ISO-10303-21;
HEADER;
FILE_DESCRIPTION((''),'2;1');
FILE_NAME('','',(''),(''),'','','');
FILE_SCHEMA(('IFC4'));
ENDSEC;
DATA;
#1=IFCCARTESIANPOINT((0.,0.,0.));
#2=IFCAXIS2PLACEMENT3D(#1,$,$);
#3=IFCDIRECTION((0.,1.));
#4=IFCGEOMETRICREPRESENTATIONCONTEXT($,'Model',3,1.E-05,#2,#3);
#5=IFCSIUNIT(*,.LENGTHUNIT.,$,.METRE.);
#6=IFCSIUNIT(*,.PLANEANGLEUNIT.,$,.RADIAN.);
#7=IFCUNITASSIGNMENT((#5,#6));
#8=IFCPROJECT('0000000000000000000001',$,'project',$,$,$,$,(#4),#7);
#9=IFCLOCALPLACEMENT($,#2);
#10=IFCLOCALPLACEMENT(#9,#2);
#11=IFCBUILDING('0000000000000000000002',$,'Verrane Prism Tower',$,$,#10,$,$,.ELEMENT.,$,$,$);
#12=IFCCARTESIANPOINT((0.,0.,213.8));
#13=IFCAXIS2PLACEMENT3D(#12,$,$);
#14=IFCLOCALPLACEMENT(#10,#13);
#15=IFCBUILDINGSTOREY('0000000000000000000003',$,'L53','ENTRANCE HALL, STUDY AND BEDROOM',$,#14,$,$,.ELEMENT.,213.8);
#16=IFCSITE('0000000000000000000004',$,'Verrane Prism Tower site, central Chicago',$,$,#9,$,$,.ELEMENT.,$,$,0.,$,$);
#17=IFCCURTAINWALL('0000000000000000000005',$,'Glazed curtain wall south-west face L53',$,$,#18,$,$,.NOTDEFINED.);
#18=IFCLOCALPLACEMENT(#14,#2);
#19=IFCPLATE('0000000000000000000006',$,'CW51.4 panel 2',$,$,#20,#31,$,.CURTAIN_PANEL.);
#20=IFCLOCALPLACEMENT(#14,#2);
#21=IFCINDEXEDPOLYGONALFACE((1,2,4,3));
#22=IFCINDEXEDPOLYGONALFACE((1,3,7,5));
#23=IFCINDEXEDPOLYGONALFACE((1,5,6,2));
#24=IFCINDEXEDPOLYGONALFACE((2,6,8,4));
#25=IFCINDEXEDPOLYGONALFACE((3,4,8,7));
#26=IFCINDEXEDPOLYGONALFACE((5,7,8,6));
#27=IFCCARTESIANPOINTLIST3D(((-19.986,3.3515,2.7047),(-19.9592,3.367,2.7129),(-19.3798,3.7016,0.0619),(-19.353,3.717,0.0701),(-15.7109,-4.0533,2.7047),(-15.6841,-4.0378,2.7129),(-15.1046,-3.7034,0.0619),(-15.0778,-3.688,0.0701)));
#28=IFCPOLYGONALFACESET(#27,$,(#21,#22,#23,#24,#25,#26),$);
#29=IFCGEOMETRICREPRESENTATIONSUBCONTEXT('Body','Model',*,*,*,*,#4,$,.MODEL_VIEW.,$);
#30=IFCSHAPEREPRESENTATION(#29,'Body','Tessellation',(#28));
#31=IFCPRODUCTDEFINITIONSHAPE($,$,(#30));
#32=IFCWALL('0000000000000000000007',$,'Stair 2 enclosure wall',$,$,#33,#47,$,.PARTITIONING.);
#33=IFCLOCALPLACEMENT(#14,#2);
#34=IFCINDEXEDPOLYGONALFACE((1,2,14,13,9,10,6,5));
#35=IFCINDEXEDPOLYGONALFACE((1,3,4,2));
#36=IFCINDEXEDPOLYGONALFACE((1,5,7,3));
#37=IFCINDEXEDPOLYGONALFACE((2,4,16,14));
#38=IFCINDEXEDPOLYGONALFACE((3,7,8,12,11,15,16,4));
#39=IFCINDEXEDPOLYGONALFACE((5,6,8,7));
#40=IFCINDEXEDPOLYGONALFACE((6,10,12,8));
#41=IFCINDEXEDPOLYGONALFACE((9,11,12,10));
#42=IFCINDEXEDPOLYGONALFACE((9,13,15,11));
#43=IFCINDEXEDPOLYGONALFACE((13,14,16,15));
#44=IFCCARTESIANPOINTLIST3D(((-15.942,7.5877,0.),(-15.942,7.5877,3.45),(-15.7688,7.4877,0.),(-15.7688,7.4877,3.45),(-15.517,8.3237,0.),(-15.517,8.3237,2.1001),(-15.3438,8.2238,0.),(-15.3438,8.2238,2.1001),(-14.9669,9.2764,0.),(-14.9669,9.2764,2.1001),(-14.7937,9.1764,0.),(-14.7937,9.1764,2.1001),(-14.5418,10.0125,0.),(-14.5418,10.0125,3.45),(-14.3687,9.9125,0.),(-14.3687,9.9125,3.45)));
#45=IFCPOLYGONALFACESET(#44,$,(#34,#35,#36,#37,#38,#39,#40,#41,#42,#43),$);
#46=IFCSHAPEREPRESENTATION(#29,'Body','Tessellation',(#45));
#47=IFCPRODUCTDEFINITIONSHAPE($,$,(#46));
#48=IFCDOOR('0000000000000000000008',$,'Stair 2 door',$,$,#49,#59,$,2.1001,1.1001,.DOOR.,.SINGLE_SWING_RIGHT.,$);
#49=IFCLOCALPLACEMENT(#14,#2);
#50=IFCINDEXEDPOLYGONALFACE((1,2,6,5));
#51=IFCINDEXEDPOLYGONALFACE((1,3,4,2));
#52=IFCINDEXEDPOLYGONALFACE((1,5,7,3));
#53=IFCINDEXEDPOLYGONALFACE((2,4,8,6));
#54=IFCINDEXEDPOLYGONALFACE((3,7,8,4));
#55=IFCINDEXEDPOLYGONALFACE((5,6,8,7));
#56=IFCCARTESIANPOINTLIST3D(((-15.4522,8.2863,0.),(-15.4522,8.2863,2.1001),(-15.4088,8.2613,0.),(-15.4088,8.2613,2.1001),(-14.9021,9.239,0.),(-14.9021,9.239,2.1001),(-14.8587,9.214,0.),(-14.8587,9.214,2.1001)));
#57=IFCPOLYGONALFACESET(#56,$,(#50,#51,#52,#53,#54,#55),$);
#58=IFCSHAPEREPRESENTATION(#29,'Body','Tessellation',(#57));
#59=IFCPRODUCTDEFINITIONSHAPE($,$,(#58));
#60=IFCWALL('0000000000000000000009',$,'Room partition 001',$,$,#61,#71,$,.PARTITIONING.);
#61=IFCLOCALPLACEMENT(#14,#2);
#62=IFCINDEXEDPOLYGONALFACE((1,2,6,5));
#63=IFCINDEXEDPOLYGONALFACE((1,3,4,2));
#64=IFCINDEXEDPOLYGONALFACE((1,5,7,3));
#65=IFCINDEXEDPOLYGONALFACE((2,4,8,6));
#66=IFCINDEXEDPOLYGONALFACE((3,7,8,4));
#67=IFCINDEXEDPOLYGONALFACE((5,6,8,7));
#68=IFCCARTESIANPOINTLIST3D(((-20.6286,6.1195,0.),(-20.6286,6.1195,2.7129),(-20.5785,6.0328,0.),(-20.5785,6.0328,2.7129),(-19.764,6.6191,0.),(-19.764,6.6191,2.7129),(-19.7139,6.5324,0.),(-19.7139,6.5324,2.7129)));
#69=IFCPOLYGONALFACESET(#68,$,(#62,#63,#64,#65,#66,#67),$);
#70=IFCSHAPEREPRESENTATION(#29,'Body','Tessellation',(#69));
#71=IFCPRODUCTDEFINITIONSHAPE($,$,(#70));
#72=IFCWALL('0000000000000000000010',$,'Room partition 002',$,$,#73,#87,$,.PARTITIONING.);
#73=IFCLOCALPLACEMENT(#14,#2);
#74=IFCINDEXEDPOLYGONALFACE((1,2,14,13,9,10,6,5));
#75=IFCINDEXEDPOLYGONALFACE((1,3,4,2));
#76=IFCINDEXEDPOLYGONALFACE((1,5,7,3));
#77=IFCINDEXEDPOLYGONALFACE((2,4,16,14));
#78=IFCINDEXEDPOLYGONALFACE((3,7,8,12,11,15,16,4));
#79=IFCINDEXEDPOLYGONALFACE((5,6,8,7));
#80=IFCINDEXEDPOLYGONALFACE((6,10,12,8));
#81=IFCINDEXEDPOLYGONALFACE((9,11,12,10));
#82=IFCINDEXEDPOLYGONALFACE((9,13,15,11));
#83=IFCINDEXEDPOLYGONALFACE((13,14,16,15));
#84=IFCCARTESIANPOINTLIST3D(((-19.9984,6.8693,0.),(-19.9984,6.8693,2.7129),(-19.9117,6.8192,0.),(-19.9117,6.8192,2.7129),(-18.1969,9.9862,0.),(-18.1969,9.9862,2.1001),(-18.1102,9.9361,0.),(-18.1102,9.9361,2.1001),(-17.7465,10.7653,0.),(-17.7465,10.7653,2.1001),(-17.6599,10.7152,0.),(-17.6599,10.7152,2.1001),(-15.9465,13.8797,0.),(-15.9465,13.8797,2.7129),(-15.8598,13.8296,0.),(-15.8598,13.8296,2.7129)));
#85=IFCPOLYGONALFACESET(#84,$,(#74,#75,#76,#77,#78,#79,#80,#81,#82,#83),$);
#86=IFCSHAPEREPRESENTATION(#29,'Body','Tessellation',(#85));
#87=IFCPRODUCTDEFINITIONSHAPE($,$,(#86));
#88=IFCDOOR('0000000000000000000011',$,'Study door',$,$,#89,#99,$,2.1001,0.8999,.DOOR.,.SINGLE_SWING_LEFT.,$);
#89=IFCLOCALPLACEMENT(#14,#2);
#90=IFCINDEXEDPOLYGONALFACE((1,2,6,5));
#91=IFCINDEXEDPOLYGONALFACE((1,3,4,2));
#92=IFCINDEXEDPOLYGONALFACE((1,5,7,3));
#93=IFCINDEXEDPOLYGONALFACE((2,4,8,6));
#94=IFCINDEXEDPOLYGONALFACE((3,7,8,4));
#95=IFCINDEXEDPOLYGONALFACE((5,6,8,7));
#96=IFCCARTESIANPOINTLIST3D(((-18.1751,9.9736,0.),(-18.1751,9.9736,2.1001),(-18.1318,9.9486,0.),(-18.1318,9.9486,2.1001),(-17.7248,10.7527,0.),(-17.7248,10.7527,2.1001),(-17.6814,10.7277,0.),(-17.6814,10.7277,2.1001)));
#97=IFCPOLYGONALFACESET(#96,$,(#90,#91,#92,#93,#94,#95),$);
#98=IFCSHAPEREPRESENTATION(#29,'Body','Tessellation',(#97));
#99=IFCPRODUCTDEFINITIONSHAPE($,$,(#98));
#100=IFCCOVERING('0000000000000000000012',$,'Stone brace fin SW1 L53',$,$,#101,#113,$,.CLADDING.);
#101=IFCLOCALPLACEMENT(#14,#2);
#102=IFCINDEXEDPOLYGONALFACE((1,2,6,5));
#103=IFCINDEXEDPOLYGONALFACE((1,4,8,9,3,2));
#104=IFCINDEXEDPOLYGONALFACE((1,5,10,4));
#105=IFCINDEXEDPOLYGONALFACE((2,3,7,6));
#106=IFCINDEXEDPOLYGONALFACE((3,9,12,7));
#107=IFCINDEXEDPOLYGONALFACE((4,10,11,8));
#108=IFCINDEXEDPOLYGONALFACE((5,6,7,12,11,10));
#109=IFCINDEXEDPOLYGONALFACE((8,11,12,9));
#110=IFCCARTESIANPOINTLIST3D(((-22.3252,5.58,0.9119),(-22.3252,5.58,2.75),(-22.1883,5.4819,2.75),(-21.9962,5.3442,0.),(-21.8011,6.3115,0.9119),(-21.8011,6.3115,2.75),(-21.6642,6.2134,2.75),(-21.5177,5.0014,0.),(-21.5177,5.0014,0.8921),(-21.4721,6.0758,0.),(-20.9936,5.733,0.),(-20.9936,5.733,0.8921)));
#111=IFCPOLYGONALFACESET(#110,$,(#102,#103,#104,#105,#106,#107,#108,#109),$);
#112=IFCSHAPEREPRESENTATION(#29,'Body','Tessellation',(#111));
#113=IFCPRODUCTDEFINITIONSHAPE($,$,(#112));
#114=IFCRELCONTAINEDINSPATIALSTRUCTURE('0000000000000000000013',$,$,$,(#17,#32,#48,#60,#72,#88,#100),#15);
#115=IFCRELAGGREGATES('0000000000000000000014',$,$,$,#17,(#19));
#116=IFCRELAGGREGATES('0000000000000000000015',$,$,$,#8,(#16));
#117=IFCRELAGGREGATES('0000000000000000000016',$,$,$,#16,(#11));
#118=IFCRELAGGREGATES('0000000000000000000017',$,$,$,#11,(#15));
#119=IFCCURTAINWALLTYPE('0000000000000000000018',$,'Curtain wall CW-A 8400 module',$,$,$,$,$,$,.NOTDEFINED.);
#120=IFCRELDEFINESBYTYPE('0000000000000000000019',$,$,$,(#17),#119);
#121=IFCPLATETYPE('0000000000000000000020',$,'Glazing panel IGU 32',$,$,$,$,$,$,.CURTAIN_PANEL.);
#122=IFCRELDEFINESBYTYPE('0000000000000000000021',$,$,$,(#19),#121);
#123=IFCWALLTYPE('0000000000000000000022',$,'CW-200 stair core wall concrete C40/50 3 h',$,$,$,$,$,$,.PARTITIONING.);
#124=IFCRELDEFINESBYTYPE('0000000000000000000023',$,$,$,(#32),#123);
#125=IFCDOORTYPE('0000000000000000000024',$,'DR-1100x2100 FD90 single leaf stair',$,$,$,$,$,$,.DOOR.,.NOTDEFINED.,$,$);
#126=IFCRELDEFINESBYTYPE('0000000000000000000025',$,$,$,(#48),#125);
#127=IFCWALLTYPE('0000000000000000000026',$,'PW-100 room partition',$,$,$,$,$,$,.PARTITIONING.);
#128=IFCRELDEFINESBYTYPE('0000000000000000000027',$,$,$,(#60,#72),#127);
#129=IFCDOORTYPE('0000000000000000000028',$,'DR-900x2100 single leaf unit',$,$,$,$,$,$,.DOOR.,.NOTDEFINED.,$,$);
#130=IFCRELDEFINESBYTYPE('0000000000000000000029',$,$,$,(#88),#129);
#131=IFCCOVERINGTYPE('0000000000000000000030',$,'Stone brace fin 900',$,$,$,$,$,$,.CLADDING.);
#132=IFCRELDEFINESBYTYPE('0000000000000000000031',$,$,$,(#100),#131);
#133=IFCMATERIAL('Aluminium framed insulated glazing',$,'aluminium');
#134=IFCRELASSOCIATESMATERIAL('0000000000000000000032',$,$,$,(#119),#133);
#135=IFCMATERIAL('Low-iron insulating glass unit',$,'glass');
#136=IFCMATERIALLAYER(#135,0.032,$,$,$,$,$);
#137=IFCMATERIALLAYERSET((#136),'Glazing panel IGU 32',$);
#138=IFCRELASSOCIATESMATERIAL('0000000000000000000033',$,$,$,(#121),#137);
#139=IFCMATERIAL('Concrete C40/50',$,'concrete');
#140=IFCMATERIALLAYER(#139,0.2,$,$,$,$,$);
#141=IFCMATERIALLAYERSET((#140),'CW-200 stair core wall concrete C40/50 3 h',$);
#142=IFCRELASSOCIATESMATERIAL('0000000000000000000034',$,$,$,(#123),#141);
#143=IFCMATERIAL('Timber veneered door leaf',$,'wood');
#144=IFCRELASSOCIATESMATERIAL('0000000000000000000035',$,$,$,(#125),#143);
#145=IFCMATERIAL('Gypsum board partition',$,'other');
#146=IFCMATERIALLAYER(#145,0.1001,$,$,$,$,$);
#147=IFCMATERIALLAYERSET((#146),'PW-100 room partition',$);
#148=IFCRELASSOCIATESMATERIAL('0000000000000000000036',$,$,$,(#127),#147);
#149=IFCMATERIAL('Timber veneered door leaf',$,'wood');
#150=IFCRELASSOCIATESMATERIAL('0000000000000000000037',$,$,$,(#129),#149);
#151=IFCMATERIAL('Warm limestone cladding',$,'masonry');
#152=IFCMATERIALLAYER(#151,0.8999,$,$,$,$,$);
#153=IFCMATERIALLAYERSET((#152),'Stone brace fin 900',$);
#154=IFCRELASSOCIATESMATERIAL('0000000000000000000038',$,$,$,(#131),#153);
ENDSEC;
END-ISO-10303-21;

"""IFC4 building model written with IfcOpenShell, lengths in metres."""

from ifc_helpers import new_model, si_unit, direction, frame, frame_2d, origin, place, context, subcontext, project, spatial, polyline, rectangle, outline, extrude, material, layer, layer_set, type_object, element, fill, aggregate, save


model = new_model("IFC4")

# Units and contexts
model_context = context("Model", 3, precision=1e-05, world=origin(), true_north=direction((0.0, 1.0)))
body_context = subcontext(model_context, "Body", "Model", "MODEL_VIEW")
ifc_project = project(units=[si_unit("LENGTHUNIT", "METRE"), si_unit("PLANEANGLEUNIT", "RADIAN")], contexts=[model_context])

# Site, building, storey
site_placement = place(None, origin())
site = spatial("IfcSite", under=ifc_project, at=site_placement, Name="Verrane Prism Tower site, central Chicago", CompositionType="ELEMENT", RefElevation=0.0)
building_placement = place(site_placement, origin())
building = spatial("IfcBuilding", under=site, at=building_placement, Name="Verrane Prism Tower", CompositionType="ELEMENT")
storey_placement = place(building_placement, frame((0.0, 0.0, 213.8)))
storey = spatial("IfcBuildingStorey", under=building, at=storey_placement, Name="L53", Description="ENTRANCE HALL, STUDY AND BEDROOM", CompositionType="ELEMENT", Elevation=213.8)

# Curtain wall
ifc_material_1 = material(Name="Aluminium framed insulated glazing", Category="aluminium")
curtain_wall_type = type_object("IfcCurtainWallType", Name="Curtain wall CW-A 8400 module", PredefinedType="NOTDEFINED", material=ifc_material_1)
curtain_wall_placement = place(storey_placement, origin())
curtain_wall = element("IfcCurtainWall", 1, at=curtain_wall_placement, inside=storey, type_object=curtain_wall_type, Name="Glazed curtain wall south-west face L53", PredefinedType="NOTDEFINED")

# Plate
ifc_material_2 = material(Name="Low-iron insulating glass unit", Category="glass")
ifc_layer_1 = layer(ifc_material_2, 0.032)
ifc_layer_set_1 = layer_set([ifc_layer_1], Name="Glazing panel IGU 32")
plate_type = type_object("IfcPlateType", Name="Glazing panel IGU 32", PredefinedType="CURTAIN_PANEL", material=ifc_layer_set_1)
plate_1_placement = place(storey_placement, frame((-19.353, 3.717, 0.0701), z_axis=(0.837164, 0.483328, 0.25603), x_axis=(0.499993, -0.86603, 0.000002)))
plate_1 = element("IfcPlate", 2, at=plate_1_placement, type_object=plate_type, Name="CW51.4 panel 2", PredefinedType="CURTAIN_PANEL", context=body_context, shape_type="SweptSolid", body=[
    extrude(outline(polyline([(0.0, 0.0), (8.5505, 0.0), (8.5504, -2.7339), (0.0001, -2.734), (0.0, 0.0)])), origin(), (0.0, 0.0, -1.0), 0.032),
])
aggregate(curtain_wall, [plate_1])

# Wall, opening, door
ifc_material_3 = material(Name="Concrete C40/50", Category="concrete")
ifc_layer_2 = layer(ifc_material_3, 0.2)
ifc_layer_set_2 = layer_set([ifc_layer_2], Name="CW-200 stair core wall concrete C40/50 3 h")
wall_type_1 = type_object("IfcWallType", Name="CW-200 stair core wall concrete C40/50 3 h", PredefinedType="PARTITIONING", material=ifc_layer_set_2)
wall_1_placement = place(storey_placement, frame((-14.4553, 9.9624, 0.0), z_axis=(0.0, 0.0, 1.0), x_axis=(-0.50005, -0.865997, 0.0)))
wall_1 = element("IfcWall", 3, at=wall_1_placement, inside=storey, type_object=wall_type_1, Name="Stair 2 enclosure wall", PredefinedType="PARTITIONING", context=body_context, shape_type="SweptSolid", body=[
    extrude(rectangle(XDim=2.8, YDim=0.2, at=frame_2d((1.3999, 0.0))), origin(), (0.0, 0.0, 1.0), 3.45),
])
opening_1_placement = place(wall_1_placement, frame((0.8499, 0.0, 0.0)))
opening_1 = element("IfcOpeningElement", 4, at=opening_1_placement, cuts=wall_1, PredefinedType="OPENING", context=body_context, shape_type="SweptSolid", body=[
    extrude(rectangle(XDim=1.1001, YDim=2.1001, at=frame_2d((0.55, 1.05))), frame((0.0, 0.1099, 0.0), z_axis=(0.0, -1.0, 0.0), x_axis=(1.0, 0.0, 0.0)), (0.0, 0.0, 1.0), 0.22),
])
ifc_material_4 = material(Name="Timber veneered door leaf", Category="wood")
door_type_1 = type_object("IfcDoorType", Name="DR-1100x2100 FD90 single leaf stair", OperationType="NOTDEFINED", PredefinedType="DOOR", material=ifc_material_4)
door_1_placement = place(opening_1_placement, origin())
door_1 = element("IfcDoor", 5, at=door_1_placement, inside=storey, type_object=door_type_1, Name="Stair 2 door", OperationType="SINGLE_SWING_RIGHT", OverallHeight=2.1001, OverallWidth=1.1001, PredefinedType="DOOR", context=body_context, shape_type="SweptSolid", body=[
    extrude(rectangle(XDim=1.1001, YDim=2.1001, at=frame_2d((0.55, 1.05))), frame((0.0, 0.0249, 0.0), z_axis=(0.0, -1.0, 0.0), x_axis=(1.0, 0.0, 0.0)), (0.0, 0.0, 1.0), 0.05),
])
fill(opening_1, door_1)

# Wall
ifc_material_5 = material(Name="Gypsum board partition", Category="other")
ifc_layer_3 = layer(ifc_material_5, 0.1001)
ifc_layer_set_3 = layer_set([ifc_layer_3], Name="PW-100 room partition")
wall_type_2 = type_object("IfcWallType", Name="PW-100 room partition", PredefinedType="PARTITIONING", material=ifc_layer_set_3)
wall_2_placement = place(storey_placement, frame((-20.6035, 6.0762, 0.0), z_axis=(0.0, 0.0, 1.0), x_axis=(0.865856, 0.500294, 0.0)))
element("IfcWall", 6, at=wall_2_placement, inside=storey, type_object=wall_type_2, Name="Room partition 001", PredefinedType="PARTITIONING", context=body_context, shape_type="SweptSolid", body=[
    extrude(rectangle(XDim=0.9985, YDim=0.1001, at=frame_2d((0.4993, 0.0))), origin(), (0.0, 0.0, 1.0), 2.7129),
])

# Wall, opening, door
wall_3_placement = place(storey_placement, frame((-19.9551, 6.8442, 0.0), z_axis=(0.0, 0.0, 1.0), x_axis=(0.500416, 0.865785, 0.0)))
wall_3 = element("IfcWall", 7, at=wall_3_placement, inside=storey, type_object=wall_type_2, Name="Room partition 002", PredefinedType="PARTITIONING", context=body_context, shape_type="SweptSolid", body=[
    extrude(rectangle(XDim=8.0972, YDim=0.1001, at=frame_2d((4.0486, 0.0))), origin(), (0.0, 0.0, 1.0), 2.7129),
])
opening_2_placement = place(wall_3_placement, frame((3.6001, 0.0, 0.0)))
opening_2 = element("IfcOpeningElement", 8, at=opening_2_placement, cuts=wall_3, PredefinedType="OPENING", context=body_context, shape_type="SweptSolid", body=[
    extrude(rectangle(XDim=0.8999, YDim=2.1001, at=frame_2d((0.45, 1.05))), frame((0.0, 0.0601, 0.0), z_axis=(0.0, -1.0, 0.0), x_axis=(1.0, 0.0, 0.0)), (0.0, 0.0, 1.0), 0.1201),
])
ifc_material_6 = material(Name="Timber veneered door leaf", Category="wood")
door_type_2 = type_object("IfcDoorType", Name="DR-900x2100 single leaf unit", OperationType="NOTDEFINED", PredefinedType="DOOR", material=ifc_material_6)
door_2_placement = place(opening_2_placement, origin())
door_2 = element("IfcDoor", 9, at=door_2_placement, inside=storey, type_object=door_type_2, Name="Study door", OperationType="SINGLE_SWING_LEFT", OverallHeight=2.1001, OverallWidth=0.8999, PredefinedType="DOOR", context=body_context, shape_type="SweptSolid", body=[
    extrude(rectangle(XDim=0.8999, YDim=2.1001, at=frame_2d((0.45, 1.05))), frame((0.0, 0.0249, 0.0), z_axis=(0.0, -1.0, 0.0), x_axis=(1.0, 0.0, 0.0)), (0.0, 0.0, 1.0), 0.05),
])
fill(opening_2, door_2)

# Covering
ifc_material_7 = material(Name="Warm limestone cladding", Category="masonry")
ifc_layer_4 = layer(ifc_material_7, 0.8999)
ifc_layer_set_4 = layer_set([ifc_layer_4], Name="Stone brace fin 900")
covering_type = type_object("IfcCoveringType", Name="Stone brace fin 900", PredefinedType="CLADDING", material=ifc_layer_set_4)
covering_placement = place(storey_placement, frame((-21.2556, 5.3672, 0.0), z_axis=(0.0, 0.0, 1.0), x_axis=(-0.812902, 0.5824, 0.0)))
element("IfcCovering", 10, at=covering_placement, inside=storey, type_object=covering_type, Name="Stone brace fin SW1 L53", PredefinedType="CLADDING", context=body_context, shape_type="SweptSolid", body=[
    extrude(outline(polyline([(0.9934, 2.75), (0.825, 2.75), (0.0, 0.8921), (0.0, 0.0), (0.5886, 0.0), (0.9934, 0.9119), (0.9934, 2.75)])), frame((0.0, 0.45, 0.0), z_axis=(0.0, -1.0, 0.0), x_axis=(1.0, 0.0, 0.0)), (0.0, 0.0, 1.0), 0.8999),
])

save(model, "model.ifc")
